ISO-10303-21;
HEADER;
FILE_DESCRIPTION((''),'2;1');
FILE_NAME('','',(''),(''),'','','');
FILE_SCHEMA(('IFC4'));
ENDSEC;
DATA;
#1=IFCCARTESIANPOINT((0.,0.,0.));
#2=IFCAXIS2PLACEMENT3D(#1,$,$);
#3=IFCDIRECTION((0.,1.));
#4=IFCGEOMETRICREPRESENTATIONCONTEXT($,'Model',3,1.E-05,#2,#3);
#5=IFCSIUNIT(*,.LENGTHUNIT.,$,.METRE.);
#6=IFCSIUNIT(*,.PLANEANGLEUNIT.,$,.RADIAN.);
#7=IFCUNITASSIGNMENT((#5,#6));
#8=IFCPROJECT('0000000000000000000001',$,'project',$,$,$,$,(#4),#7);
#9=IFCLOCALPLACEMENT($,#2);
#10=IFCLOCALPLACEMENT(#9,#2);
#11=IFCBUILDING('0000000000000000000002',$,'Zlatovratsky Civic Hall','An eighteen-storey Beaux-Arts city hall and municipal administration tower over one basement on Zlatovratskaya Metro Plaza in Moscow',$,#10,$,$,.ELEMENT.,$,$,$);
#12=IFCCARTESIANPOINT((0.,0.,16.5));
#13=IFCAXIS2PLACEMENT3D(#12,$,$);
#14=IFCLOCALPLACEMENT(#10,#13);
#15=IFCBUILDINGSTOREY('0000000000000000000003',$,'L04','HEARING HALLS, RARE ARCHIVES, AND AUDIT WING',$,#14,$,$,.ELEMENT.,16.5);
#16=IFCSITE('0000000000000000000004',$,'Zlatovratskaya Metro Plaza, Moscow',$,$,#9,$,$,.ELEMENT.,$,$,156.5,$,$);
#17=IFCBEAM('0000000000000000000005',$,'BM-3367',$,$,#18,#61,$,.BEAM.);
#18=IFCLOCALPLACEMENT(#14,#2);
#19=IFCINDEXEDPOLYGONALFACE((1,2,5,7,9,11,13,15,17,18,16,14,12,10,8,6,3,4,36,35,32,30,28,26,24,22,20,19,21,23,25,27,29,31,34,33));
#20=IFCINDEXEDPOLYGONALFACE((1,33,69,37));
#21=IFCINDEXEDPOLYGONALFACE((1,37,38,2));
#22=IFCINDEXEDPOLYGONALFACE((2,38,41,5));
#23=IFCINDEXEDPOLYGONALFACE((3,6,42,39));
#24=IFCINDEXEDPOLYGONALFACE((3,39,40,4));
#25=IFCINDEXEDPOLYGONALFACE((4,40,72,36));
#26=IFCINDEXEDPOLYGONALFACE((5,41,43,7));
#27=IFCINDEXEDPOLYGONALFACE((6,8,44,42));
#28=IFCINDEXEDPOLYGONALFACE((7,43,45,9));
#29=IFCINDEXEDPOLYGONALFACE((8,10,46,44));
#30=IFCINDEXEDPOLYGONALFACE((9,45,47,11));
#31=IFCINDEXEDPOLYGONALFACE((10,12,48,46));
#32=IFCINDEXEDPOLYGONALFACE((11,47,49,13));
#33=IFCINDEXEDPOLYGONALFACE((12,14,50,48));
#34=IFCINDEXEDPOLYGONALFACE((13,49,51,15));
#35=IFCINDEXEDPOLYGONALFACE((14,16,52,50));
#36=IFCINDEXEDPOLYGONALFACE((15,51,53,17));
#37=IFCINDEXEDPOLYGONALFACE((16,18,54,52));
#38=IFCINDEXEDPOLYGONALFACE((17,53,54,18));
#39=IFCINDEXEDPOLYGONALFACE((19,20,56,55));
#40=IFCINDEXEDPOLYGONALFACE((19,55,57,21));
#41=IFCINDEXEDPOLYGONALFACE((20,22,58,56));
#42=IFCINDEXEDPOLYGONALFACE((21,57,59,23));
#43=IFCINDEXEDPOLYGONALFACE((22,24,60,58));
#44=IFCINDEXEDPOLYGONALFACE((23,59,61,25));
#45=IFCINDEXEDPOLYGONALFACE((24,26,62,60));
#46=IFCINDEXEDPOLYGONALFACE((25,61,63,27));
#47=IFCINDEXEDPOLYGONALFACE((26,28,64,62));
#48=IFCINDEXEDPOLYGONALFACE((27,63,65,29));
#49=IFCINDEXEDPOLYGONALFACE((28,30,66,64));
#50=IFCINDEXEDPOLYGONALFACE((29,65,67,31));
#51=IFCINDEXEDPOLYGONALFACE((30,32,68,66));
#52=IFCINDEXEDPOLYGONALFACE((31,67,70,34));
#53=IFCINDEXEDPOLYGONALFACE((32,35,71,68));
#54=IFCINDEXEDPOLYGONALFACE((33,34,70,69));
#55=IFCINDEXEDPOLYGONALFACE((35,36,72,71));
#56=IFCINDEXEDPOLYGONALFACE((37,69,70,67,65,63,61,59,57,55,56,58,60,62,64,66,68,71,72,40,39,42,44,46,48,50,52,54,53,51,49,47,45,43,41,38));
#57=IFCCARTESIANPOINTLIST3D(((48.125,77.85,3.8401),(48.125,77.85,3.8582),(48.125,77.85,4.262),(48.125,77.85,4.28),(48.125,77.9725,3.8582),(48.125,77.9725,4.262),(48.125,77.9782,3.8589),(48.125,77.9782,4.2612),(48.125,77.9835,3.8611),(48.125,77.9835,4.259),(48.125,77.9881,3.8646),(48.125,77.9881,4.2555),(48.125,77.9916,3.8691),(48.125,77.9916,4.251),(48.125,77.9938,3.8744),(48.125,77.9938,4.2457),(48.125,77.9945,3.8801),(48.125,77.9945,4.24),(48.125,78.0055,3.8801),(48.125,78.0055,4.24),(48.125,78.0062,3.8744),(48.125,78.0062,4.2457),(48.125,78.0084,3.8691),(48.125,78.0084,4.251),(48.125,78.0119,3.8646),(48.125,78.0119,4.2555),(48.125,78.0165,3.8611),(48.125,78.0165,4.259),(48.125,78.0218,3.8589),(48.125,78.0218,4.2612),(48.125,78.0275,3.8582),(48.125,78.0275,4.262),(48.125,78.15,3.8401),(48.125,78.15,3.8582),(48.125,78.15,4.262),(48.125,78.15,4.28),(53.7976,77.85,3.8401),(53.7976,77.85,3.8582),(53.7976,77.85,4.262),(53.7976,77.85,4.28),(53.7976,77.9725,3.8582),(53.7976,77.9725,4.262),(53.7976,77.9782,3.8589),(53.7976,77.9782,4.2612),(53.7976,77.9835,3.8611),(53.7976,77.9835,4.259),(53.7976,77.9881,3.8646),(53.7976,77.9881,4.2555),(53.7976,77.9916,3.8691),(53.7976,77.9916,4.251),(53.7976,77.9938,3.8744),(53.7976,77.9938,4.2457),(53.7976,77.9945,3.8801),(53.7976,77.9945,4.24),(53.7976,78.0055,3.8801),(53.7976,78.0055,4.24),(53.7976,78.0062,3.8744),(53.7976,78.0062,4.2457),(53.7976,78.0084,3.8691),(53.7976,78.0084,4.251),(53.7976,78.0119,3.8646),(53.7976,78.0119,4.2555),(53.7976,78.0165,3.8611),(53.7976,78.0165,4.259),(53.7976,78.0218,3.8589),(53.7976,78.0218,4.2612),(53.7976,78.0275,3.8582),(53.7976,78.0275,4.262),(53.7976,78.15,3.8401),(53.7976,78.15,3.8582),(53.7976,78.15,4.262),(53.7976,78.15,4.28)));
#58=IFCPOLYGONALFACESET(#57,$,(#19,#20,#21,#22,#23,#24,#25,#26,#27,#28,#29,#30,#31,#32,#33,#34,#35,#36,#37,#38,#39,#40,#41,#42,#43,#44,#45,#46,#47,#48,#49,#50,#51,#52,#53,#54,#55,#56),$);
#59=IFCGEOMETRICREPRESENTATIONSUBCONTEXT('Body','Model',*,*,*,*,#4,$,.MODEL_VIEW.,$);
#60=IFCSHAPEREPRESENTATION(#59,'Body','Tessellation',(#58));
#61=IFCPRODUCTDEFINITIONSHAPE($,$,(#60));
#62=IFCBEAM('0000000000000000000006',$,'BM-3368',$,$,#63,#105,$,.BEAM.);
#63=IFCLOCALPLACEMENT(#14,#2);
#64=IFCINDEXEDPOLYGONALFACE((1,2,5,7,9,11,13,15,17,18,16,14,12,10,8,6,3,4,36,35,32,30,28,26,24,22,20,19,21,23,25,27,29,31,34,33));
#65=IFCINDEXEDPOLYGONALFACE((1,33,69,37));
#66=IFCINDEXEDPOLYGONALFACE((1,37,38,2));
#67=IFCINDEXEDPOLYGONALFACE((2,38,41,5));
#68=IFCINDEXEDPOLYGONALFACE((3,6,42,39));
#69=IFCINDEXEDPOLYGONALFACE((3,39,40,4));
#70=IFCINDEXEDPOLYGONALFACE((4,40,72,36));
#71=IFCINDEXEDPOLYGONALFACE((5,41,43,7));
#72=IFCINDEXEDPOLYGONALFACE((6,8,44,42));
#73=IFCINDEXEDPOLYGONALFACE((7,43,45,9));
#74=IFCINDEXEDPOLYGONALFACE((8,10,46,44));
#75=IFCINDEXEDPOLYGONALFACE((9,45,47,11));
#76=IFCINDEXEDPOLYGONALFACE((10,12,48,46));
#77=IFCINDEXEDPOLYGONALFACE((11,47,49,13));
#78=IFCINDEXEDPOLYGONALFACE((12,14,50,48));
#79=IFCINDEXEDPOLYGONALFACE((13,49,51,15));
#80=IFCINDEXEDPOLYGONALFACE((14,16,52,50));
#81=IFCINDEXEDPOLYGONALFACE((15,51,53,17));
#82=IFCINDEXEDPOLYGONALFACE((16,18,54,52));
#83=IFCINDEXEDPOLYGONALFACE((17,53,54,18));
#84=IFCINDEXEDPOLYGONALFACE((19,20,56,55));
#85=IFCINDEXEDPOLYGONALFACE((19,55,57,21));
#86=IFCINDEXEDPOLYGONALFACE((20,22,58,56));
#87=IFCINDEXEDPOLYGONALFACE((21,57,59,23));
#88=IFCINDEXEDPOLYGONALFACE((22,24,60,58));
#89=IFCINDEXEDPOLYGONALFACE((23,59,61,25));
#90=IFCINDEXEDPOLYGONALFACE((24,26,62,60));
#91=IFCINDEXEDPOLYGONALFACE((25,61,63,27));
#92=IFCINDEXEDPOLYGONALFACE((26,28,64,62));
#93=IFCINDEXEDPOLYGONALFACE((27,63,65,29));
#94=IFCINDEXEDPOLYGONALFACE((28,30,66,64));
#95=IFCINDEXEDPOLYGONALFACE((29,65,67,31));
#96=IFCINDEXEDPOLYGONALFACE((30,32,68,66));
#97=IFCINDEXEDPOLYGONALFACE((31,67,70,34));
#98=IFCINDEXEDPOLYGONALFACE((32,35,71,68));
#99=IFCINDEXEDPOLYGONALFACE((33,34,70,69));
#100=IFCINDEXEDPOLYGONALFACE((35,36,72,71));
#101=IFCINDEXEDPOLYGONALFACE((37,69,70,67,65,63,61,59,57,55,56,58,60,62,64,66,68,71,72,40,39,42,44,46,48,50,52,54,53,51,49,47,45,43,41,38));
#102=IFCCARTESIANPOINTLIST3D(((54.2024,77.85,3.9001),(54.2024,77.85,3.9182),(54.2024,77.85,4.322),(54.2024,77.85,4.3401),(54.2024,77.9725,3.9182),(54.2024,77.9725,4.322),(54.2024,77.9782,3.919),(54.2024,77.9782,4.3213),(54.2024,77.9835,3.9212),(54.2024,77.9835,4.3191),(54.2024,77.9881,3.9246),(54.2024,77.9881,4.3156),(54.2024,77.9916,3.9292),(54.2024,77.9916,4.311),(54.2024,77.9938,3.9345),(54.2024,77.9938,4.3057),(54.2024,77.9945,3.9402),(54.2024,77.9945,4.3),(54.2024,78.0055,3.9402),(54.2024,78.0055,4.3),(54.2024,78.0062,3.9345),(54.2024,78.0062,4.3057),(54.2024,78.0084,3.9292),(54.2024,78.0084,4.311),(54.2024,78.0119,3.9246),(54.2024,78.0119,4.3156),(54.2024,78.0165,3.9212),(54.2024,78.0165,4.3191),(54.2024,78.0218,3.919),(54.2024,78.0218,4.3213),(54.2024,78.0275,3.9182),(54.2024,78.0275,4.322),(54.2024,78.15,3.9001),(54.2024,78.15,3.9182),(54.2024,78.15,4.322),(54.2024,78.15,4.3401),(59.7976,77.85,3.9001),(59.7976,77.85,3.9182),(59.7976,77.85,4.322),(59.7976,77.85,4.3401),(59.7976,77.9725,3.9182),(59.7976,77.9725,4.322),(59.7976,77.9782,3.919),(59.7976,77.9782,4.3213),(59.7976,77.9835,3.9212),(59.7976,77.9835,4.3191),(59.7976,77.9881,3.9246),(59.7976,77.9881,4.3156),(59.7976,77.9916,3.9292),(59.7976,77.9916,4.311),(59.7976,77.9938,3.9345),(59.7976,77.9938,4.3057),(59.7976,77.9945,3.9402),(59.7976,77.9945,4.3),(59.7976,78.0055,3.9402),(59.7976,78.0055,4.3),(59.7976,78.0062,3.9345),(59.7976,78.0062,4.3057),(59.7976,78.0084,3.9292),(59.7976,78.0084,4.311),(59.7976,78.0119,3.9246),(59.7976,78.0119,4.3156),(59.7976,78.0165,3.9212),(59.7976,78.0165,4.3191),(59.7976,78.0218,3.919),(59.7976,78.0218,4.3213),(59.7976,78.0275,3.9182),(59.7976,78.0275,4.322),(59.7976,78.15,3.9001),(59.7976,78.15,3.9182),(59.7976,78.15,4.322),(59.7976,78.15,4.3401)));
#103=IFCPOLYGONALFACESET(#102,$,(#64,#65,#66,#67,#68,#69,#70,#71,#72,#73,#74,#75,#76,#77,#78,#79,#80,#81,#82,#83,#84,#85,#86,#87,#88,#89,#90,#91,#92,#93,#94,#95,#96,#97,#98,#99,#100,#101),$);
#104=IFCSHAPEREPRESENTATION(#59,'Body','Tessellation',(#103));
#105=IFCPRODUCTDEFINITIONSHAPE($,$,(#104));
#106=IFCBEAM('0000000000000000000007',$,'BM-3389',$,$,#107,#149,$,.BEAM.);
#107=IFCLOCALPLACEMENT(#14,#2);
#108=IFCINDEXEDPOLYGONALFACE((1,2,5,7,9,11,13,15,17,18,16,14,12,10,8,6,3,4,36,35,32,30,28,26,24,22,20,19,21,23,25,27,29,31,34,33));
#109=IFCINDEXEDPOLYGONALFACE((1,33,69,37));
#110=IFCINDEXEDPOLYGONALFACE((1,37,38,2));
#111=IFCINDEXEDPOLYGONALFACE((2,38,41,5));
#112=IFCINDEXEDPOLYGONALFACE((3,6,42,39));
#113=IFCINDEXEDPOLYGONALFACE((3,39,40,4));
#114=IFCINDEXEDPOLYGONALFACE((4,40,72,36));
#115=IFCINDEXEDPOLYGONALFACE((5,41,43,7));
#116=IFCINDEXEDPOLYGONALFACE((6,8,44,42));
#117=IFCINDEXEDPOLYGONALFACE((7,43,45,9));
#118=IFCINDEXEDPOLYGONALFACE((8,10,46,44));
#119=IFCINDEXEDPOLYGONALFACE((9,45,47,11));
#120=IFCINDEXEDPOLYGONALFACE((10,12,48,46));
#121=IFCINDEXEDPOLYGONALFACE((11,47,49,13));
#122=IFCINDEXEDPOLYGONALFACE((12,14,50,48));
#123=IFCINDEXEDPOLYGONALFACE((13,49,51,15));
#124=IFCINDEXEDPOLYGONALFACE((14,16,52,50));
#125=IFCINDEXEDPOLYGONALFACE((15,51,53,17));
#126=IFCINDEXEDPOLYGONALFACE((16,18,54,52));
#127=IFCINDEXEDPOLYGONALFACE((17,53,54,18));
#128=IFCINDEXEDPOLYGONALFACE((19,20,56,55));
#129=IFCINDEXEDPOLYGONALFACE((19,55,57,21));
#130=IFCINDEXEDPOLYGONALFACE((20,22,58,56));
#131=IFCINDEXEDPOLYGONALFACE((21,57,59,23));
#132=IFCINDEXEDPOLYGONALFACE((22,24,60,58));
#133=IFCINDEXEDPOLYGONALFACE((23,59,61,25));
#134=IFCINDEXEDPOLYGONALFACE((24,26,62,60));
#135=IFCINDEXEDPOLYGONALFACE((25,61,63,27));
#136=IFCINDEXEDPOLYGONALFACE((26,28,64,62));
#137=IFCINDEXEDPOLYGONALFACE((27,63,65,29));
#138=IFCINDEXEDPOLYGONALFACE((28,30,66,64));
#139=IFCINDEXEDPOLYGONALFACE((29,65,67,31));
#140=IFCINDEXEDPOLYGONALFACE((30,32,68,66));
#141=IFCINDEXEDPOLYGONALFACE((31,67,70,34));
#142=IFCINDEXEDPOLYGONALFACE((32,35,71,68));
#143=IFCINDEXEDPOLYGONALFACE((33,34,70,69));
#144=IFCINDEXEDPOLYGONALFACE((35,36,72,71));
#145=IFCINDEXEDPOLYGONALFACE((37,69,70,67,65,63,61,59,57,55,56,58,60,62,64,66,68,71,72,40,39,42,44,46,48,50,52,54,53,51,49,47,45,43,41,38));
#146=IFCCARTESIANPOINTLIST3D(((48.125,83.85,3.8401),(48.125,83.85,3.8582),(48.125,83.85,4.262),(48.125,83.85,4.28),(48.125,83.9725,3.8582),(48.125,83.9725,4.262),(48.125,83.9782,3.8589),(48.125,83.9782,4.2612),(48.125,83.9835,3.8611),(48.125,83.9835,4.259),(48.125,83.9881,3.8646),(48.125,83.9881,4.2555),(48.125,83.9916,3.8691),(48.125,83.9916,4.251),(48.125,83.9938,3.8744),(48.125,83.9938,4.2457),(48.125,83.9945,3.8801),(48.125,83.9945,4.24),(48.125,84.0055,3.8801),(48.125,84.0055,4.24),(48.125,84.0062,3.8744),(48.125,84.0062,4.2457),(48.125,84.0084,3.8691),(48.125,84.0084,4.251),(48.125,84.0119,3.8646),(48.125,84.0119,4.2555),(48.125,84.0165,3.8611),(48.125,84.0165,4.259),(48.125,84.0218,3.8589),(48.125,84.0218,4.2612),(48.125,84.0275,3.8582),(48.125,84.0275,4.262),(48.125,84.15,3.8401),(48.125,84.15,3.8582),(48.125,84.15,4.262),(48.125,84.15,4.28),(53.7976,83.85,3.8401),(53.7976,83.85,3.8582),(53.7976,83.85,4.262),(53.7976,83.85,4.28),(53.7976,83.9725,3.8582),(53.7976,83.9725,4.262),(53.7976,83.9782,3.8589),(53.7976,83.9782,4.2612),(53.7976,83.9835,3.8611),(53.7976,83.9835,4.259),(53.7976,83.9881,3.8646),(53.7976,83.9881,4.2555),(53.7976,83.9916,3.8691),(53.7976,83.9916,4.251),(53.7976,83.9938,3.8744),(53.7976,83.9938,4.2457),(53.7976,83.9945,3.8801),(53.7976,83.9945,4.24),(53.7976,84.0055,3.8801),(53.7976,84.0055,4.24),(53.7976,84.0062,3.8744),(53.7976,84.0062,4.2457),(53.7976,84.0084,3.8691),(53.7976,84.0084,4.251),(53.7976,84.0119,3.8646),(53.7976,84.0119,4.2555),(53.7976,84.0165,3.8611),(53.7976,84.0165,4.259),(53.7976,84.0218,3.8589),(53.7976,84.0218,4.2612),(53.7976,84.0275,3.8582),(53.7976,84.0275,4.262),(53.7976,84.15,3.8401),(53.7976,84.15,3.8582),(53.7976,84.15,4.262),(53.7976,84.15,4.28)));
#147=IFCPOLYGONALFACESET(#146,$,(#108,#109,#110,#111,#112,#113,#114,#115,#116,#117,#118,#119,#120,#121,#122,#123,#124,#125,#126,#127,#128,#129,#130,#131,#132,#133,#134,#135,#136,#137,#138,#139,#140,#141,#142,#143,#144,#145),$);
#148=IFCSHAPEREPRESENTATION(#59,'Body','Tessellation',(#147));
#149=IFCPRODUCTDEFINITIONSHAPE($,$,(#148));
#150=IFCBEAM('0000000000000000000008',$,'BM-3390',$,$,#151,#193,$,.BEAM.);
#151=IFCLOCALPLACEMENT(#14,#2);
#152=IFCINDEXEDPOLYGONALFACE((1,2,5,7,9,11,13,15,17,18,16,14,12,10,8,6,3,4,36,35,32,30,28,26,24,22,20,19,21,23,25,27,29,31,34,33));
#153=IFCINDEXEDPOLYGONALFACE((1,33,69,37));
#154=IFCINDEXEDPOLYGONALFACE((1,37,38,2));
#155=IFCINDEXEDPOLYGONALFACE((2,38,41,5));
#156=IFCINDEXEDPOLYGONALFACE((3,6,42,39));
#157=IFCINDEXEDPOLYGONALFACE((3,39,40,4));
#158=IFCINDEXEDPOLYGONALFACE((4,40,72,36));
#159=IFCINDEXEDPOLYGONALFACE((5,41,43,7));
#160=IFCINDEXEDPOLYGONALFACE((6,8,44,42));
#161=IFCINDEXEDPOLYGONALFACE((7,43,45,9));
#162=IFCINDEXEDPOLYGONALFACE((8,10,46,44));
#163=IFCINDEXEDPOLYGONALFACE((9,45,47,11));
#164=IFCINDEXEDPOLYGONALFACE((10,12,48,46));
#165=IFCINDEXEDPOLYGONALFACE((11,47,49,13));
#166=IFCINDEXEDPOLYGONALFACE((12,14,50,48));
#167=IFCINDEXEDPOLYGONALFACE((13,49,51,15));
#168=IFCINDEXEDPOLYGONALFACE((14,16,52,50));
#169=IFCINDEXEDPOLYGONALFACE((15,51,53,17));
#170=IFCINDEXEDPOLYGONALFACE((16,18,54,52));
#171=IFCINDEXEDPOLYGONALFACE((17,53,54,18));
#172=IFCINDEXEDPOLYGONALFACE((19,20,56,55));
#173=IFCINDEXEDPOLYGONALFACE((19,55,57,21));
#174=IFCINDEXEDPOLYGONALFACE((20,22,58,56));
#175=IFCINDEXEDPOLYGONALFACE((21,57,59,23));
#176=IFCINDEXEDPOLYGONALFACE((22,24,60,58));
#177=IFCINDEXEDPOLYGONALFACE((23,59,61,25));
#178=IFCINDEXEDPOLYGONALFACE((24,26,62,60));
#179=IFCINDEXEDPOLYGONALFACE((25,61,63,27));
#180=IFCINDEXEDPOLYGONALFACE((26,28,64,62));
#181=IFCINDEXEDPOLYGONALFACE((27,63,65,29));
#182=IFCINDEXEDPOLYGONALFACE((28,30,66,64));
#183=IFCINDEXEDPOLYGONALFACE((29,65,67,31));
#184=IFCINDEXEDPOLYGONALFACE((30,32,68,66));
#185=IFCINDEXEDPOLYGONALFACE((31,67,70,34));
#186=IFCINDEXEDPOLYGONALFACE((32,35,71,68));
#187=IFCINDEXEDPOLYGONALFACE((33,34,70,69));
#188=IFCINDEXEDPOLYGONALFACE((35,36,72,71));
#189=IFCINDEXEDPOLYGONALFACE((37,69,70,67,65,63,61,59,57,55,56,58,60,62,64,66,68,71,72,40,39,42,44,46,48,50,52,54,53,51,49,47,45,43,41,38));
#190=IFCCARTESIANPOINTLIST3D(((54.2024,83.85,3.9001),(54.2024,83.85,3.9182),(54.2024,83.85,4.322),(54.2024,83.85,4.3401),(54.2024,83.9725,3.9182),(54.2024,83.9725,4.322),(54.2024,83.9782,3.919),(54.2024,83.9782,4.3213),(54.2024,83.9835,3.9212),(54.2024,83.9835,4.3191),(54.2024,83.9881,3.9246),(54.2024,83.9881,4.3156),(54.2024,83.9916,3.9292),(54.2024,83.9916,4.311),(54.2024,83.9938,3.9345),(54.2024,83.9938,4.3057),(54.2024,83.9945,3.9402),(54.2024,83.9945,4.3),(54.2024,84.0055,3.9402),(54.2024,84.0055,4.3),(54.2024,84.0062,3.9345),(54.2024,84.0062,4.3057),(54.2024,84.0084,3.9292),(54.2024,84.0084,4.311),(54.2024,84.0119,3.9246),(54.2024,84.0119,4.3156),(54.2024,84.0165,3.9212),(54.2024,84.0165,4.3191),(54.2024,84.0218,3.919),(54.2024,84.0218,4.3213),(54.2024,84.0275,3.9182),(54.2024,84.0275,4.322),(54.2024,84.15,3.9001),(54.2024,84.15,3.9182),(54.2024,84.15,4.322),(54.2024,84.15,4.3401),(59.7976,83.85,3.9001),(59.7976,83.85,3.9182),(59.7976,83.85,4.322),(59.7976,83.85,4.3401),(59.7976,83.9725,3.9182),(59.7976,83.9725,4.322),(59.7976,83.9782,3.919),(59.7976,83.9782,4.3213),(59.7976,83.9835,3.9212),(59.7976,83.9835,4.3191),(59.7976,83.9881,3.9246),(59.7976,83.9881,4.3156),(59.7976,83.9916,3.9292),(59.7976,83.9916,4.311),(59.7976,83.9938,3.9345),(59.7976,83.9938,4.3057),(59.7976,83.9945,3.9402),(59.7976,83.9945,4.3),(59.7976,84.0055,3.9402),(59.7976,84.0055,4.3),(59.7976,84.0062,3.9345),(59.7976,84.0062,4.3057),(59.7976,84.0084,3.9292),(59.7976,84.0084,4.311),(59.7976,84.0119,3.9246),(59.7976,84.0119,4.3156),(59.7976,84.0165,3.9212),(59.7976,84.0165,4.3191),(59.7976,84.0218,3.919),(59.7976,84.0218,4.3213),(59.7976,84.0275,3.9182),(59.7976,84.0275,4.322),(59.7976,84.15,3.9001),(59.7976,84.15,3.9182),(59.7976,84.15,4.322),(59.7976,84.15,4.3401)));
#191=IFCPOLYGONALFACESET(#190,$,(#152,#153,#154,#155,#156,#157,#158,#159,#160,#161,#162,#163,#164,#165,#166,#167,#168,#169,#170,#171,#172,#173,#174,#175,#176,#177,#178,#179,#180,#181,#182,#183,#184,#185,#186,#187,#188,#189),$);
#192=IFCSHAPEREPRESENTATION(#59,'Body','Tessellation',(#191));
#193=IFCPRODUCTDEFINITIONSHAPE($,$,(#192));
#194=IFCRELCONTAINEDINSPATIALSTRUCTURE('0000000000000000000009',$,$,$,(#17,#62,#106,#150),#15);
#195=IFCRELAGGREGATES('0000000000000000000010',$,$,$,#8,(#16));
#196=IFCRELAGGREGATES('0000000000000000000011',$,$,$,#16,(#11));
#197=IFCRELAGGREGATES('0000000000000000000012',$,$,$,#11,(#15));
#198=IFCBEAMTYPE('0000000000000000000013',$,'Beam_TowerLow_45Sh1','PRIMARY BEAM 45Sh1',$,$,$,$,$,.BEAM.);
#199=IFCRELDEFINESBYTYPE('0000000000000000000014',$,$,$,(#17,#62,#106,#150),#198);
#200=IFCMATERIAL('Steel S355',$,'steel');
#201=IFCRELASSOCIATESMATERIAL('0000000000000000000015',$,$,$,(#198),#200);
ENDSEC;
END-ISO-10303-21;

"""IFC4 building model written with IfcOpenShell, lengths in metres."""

from ifc_helpers import new_model, si_unit, direction, frame, origin, origin_2d, place, context, subcontext, project, spatial, i_section, extrude, material, material_profile, profile_set, type_object, element, save


model = new_model("IFC4")

# Units and contexts
model_context = context("Model", 3, precision=1e-05, world=origin(), true_north=direction((0.0, 1.0)))
body_context = subcontext(model_context, "Body", "Model", "MODEL_VIEW")
ifc_project = project(units=[si_unit("LENGTHUNIT", "METRE"), si_unit("PLANEANGLEUNIT", "RADIAN")], contexts=[model_context])

# Site, building, storey
site_placement = place(None, origin())
site = spatial("IfcSite", under=ifc_project, at=site_placement, Name="Zlatovratskaya Metro Plaza, Moscow", CompositionType="ELEMENT", RefElevation=156.5)
building_placement = place(site_placement, origin())
building = spatial("IfcBuilding", under=site, at=building_placement, Name="Zlatovratsky Civic Hall", Description="An eighteen-storey Beaux-Arts city hall and municipal administration tower over one basement on Zlatovratskaya Metro Plaza in Moscow", CompositionType="ELEMENT")
storey_placement = place(building_placement, frame((0.0, 0.0, 16.5)))
storey = spatial("IfcBuildingStorey", under=building, at=storey_placement, Name="L04", Description="HEARING HALLS, RARE ARCHIVES, AND AUDIT WING", CompositionType="ELEMENT", Elevation=16.5)

# Shared definitions
ifc_material_1 = material(Name="Steel S355", Category="steel")

# Beams
ifc_material_profile_1 = material_profile(ifc_material_1, i_section(OverallWidth=0.3, OverallDepth=0.4399, WebThickness=0.011, FlangeThickness=0.0181, FilletRadius=0.022, at=origin_2d()), Name="45Sh1")
ifc_profile_set_1 = profile_set([ifc_material_profile_1], Name="Steel S355")
beam_type_1 = type_object("IfcBeamType", Name="Beam_TowerLow_45Sh1", Description="PRIMARY BEAM 45Sh1", PredefinedType="BEAM", material=ifc_profile_set_1)
beam_1_placement = place(storey_placement, frame((48.125, 78.0, 4.0601), z_axis=(1.0, 0.0, 0.0), x_axis=(0.0, 1.0, 0.0)))
element("IfcBeam", 1, at=beam_1_placement, inside=storey, type_object=beam_type_1, Name="BM-3367", PredefinedType="BEAM", context=body_context, shape_type="SweptSolid", body=[
    extrude(i_section(OverallWidth=0.3, OverallDepth=0.4399, WebThickness=0.011, FlangeThickness=0.0181, FilletRadius=0.022, at=origin_2d()), origin(), (0.0, 0.0, 1.0), 5.6726),
])
beam_2_placement = place(storey_placement, frame((54.2024, 78.0, 4.1201), z_axis=(1.0, 0.0, 0.0), x_axis=(0.0, 1.0, 0.0)))
element("IfcBeam", 2, at=beam_2_placement, inside=storey, type_object=beam_type_1, Name="BM-3368", PredefinedType="BEAM", context=body_context, shape_type="SweptSolid", body=[
    extrude(i_section(OverallWidth=0.3, OverallDepth=0.4399, WebThickness=0.011, FlangeThickness=0.0181, FilletRadius=0.022, at=origin_2d()), origin(), (0.0, 0.0, 1.0), 5.5952),
])
beam_3_placement = place(storey_placement, frame((48.125, 84.0, 4.0601), z_axis=(1.0, 0.0, 0.0), x_axis=(0.0, 1.0, 0.0)))
element("IfcBeam", 3, at=beam_3_placement, inside=storey, type_object=beam_type_1, Name="BM-3389", PredefinedType="BEAM", context=body_context, shape_type="SweptSolid", body=[
    extrude(i_section(OverallWidth=0.3, OverallDepth=0.4399, WebThickness=0.011, FlangeThickness=0.0181, FilletRadius=0.022, at=origin_2d()), origin(), (0.0, 0.0, 1.0), 5.6726),
])
beam_4_placement = place(storey_placement, frame((54.2024, 84.0, 4.1201), z_axis=(1.0, 0.0, 0.0), x_axis=(0.0, 1.0, 0.0)))
element("IfcBeam", 4, at=beam_4_placement, inside=storey, type_object=beam_type_1, Name="BM-3390", PredefinedType="BEAM", context=body_context, shape_type="SweptSolid", body=[
    extrude(i_section(OverallWidth=0.3, OverallDepth=0.4399, WebThickness=0.011, FlangeThickness=0.0181, FilletRadius=0.022, at=origin_2d()), origin(), (0.0, 0.0, 1.0), 5.5952),
])

save(model, "model.ifc")
